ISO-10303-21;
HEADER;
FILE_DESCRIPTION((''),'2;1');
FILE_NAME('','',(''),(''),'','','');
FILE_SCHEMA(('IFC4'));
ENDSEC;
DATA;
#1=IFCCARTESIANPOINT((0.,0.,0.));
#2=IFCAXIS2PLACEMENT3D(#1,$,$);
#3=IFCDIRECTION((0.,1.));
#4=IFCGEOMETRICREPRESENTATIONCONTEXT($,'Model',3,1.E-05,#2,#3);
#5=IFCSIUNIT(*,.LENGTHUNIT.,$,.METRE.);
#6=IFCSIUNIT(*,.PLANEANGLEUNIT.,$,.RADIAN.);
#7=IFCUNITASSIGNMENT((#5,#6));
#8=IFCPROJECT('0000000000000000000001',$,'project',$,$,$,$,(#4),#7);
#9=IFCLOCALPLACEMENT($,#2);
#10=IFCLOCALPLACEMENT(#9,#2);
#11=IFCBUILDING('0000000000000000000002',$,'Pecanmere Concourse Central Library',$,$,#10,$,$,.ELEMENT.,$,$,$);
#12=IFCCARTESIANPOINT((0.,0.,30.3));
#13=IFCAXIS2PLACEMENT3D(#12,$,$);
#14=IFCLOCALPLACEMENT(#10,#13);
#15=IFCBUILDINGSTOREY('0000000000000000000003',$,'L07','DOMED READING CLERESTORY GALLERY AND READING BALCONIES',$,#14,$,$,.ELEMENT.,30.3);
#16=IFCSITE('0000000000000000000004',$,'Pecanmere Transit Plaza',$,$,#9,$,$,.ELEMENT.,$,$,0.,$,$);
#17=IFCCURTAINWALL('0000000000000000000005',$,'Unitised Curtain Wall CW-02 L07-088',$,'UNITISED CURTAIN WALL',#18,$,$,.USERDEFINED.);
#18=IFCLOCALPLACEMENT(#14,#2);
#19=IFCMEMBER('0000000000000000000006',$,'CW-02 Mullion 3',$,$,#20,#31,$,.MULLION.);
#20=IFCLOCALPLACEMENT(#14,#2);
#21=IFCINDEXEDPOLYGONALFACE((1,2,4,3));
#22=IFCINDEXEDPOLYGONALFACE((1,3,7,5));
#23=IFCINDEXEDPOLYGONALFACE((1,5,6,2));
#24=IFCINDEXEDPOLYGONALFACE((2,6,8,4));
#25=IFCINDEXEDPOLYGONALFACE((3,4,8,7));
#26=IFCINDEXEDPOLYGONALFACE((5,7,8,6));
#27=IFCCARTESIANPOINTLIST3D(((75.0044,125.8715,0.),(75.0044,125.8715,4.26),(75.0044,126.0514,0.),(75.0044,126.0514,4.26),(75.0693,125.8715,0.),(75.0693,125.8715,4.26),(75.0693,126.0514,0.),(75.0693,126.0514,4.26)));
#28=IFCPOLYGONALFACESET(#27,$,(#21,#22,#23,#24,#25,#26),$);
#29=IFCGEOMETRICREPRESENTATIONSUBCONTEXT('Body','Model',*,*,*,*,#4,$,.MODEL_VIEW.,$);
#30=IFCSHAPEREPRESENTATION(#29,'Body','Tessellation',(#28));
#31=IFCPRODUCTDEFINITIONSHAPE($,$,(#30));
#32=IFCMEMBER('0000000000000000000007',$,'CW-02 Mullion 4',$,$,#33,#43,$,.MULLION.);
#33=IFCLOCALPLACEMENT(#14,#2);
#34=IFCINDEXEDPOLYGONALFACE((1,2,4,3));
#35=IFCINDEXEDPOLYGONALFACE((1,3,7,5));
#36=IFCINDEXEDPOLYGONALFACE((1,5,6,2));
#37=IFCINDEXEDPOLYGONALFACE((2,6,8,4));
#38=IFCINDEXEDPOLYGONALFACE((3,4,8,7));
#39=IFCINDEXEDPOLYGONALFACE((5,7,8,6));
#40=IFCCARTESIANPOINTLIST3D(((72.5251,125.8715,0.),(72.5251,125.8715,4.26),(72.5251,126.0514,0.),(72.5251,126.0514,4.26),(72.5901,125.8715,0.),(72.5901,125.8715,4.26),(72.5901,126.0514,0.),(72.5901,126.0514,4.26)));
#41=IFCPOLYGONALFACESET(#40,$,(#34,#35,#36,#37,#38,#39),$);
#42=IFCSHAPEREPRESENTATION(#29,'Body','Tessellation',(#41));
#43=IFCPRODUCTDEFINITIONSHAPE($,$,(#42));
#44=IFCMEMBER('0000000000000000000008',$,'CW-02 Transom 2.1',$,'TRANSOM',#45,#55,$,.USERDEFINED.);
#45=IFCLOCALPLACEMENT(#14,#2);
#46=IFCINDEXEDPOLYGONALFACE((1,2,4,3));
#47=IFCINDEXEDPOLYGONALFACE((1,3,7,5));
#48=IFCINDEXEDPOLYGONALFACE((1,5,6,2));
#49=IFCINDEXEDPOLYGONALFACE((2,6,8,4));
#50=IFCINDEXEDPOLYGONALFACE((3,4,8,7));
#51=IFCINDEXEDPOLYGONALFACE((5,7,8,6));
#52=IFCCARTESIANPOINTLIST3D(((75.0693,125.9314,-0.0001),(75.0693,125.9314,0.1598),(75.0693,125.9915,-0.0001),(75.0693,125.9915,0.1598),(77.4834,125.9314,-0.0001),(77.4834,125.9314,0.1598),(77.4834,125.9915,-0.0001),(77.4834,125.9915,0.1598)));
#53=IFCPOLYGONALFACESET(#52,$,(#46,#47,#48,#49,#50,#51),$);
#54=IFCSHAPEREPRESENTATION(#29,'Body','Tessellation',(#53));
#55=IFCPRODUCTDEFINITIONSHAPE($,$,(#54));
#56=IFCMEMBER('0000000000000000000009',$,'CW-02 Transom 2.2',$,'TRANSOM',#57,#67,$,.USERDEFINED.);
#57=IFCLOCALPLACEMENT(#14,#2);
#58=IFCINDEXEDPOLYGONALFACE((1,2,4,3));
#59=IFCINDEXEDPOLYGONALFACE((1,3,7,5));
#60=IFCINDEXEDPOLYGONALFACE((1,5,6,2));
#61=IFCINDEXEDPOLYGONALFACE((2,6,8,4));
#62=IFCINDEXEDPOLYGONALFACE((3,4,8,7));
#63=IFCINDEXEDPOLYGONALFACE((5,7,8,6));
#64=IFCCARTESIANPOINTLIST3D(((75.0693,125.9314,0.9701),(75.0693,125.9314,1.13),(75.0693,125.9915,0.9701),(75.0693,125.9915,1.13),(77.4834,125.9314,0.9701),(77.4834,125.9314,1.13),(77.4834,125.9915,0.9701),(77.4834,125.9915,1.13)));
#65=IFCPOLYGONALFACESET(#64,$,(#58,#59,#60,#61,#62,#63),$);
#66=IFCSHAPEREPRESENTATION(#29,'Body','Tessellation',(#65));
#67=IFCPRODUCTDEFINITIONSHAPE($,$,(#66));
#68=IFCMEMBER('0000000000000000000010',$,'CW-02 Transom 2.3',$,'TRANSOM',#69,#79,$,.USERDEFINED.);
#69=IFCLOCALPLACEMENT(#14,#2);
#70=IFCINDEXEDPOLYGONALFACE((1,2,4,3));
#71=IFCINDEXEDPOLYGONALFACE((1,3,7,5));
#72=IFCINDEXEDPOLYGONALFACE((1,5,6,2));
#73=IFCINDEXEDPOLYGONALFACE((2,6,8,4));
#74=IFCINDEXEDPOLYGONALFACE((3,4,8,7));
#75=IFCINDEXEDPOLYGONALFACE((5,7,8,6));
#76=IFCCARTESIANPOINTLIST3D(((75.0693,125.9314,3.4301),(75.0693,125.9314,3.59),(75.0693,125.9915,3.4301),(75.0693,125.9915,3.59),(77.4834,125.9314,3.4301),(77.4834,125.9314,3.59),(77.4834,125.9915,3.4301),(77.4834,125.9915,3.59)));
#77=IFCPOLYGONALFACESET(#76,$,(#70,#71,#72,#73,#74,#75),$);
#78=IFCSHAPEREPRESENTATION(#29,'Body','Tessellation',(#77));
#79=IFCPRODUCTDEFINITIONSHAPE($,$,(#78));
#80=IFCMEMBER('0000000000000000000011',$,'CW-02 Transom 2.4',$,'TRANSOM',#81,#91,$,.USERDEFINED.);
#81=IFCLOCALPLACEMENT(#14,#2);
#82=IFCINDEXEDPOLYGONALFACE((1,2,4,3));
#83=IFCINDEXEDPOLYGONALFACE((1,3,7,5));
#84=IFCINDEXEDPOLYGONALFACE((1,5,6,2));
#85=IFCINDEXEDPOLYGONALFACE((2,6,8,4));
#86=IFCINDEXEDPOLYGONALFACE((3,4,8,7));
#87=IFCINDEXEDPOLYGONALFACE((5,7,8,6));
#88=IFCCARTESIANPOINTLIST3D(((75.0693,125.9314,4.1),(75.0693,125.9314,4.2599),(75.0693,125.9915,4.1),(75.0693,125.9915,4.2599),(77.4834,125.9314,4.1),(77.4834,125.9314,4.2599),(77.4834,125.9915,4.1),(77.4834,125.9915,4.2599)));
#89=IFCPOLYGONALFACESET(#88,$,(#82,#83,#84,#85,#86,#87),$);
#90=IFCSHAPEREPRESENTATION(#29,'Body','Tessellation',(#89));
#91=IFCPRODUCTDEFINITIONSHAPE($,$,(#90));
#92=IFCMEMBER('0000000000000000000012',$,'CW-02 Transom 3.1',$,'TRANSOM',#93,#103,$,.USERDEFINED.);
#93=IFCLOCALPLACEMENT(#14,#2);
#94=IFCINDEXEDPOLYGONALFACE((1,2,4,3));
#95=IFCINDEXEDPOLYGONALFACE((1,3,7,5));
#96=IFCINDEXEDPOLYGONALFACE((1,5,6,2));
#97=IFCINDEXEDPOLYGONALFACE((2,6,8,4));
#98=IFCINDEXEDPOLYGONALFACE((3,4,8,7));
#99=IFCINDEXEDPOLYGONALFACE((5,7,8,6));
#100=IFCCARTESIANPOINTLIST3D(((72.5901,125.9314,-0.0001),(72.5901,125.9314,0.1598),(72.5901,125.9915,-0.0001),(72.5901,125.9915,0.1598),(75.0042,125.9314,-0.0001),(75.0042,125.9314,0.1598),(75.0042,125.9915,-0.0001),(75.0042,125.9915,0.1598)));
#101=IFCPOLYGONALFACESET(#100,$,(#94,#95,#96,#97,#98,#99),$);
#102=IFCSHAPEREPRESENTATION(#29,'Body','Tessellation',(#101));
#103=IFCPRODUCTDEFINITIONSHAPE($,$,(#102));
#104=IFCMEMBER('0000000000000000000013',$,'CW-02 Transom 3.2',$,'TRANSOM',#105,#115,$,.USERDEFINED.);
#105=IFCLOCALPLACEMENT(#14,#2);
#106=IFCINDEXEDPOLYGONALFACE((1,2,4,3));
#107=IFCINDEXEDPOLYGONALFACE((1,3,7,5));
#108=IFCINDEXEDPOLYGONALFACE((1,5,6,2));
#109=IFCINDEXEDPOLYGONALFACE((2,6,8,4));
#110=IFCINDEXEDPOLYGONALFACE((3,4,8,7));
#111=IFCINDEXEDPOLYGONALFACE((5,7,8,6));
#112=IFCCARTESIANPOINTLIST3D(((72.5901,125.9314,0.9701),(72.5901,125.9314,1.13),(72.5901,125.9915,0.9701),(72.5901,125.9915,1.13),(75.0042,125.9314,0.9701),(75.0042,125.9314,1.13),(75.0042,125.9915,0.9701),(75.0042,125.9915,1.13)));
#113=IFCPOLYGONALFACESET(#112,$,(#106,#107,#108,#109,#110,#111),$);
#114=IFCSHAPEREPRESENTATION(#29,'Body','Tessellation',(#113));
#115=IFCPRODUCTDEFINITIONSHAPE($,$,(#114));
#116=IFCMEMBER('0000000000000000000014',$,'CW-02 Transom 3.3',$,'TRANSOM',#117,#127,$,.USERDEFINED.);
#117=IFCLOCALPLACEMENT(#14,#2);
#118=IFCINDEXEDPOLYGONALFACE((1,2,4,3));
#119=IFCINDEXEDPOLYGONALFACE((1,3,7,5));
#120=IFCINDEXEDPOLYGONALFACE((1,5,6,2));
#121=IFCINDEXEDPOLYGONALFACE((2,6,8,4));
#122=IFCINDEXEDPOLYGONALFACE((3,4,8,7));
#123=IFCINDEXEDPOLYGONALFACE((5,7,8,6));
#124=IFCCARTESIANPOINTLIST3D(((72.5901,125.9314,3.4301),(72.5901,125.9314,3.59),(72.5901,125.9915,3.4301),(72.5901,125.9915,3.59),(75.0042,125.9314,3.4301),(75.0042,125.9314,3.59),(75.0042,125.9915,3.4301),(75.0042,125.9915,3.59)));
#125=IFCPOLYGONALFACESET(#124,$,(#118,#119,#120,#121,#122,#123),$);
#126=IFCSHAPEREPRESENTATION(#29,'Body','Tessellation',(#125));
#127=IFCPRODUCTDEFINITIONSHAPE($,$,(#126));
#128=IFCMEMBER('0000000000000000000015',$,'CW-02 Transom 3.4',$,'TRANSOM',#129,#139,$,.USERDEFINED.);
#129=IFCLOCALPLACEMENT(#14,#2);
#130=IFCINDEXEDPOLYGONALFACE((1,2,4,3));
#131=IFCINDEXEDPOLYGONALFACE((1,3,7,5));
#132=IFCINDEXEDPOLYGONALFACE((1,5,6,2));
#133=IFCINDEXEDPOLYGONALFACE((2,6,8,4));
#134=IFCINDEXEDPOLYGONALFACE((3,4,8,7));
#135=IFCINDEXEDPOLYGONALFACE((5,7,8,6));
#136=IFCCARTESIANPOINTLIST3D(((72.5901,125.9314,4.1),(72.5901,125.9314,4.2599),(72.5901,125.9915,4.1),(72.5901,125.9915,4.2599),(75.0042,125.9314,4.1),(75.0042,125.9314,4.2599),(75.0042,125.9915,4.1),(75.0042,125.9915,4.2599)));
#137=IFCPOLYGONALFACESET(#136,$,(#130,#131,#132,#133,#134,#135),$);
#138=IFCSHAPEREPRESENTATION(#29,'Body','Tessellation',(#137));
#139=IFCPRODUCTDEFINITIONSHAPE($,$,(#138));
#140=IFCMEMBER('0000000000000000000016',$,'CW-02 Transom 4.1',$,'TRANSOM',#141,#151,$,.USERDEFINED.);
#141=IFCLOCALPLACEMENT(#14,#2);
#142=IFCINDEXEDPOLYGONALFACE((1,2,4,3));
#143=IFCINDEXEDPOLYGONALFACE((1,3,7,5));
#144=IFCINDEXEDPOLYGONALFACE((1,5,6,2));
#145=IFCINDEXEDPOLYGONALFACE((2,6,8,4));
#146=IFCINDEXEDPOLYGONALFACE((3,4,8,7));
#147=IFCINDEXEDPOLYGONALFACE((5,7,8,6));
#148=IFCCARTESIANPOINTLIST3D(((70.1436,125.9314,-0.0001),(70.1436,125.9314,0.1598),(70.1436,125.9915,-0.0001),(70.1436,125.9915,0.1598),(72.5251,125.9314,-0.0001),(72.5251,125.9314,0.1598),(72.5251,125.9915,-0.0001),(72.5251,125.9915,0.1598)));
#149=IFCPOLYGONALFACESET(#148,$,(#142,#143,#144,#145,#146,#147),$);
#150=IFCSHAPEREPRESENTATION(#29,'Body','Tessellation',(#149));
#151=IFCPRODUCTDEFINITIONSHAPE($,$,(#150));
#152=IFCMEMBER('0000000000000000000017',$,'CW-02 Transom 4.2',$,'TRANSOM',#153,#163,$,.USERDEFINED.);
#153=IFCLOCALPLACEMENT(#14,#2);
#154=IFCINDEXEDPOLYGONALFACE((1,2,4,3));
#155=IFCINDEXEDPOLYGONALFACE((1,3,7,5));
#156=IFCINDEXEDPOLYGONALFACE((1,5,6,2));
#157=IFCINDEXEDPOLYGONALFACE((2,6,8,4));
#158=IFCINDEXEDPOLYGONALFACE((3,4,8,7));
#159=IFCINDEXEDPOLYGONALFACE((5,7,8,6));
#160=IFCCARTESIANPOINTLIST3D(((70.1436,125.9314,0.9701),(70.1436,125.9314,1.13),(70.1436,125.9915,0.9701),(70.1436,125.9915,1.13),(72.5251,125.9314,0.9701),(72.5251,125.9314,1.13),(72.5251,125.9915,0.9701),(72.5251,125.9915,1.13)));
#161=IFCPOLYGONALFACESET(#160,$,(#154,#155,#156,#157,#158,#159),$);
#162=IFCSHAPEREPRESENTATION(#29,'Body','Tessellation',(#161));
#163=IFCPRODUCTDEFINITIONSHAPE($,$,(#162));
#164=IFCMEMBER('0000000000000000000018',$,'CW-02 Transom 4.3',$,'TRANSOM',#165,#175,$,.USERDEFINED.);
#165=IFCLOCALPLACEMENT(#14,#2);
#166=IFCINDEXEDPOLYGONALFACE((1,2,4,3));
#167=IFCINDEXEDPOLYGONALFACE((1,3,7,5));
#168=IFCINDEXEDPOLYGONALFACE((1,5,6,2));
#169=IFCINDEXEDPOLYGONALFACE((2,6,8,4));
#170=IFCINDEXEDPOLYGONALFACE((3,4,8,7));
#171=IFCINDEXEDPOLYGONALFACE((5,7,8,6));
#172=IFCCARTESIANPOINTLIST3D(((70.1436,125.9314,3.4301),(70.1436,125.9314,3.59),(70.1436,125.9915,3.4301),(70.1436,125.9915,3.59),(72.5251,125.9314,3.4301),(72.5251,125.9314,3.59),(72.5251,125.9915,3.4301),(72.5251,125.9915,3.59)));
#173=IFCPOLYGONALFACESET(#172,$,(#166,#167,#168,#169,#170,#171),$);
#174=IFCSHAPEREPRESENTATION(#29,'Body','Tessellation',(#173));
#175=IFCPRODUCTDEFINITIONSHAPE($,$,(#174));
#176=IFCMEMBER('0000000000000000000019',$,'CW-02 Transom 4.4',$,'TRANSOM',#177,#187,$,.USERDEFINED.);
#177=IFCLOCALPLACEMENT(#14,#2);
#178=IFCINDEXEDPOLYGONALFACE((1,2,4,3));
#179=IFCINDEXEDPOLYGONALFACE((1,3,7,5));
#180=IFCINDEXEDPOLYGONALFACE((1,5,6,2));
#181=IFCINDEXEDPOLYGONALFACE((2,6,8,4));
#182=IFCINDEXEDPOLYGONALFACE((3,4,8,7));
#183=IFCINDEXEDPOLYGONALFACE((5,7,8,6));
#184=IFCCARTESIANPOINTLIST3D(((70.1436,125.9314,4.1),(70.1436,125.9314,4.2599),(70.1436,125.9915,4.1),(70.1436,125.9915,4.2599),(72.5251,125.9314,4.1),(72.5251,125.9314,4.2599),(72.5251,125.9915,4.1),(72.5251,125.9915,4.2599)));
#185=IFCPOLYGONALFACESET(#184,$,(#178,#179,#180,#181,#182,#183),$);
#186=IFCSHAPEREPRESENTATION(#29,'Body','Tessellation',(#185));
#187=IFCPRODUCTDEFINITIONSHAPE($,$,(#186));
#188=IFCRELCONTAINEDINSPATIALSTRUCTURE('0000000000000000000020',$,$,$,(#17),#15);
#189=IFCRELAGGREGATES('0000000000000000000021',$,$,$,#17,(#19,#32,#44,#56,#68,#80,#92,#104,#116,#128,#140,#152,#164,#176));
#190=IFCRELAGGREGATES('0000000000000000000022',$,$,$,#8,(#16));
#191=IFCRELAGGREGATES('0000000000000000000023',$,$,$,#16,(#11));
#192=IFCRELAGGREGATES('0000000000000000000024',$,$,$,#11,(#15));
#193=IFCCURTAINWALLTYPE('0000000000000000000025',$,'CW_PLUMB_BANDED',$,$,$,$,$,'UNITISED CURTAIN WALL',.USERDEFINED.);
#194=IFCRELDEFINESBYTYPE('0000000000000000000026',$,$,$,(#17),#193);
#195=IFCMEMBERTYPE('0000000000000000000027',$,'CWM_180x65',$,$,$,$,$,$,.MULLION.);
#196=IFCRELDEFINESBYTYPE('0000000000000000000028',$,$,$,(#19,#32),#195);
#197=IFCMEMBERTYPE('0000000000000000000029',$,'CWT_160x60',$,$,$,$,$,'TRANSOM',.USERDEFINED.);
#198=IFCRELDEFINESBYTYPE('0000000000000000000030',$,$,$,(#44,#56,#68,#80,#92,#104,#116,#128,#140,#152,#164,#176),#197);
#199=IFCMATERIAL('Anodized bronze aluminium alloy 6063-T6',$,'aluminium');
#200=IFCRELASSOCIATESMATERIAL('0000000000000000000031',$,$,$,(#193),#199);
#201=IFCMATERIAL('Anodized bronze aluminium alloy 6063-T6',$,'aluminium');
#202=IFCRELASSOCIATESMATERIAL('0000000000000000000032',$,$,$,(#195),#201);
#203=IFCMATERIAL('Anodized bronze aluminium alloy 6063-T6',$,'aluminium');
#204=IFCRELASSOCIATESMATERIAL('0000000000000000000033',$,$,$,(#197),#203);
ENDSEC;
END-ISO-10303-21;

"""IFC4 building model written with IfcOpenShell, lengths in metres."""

from ifc_helpers import new_model, si_unit, direction, frame, origin, origin_2d, place, context, subcontext, project, spatial, rectangle, extrude, material, material_profile, profile_set, type_object, element, aggregate, save


model = new_model("IFC4")

# Units and contexts
model_context = context("Model", 3, precision=1e-05, world=origin(), true_north=direction((0.0, 1.0)))
body_context = subcontext(model_context, "Body", "Model", "MODEL_VIEW")
ifc_project = project(units=[si_unit("LENGTHUNIT", "METRE"), si_unit("PLANEANGLEUNIT", "RADIAN")], contexts=[model_context])

# Site, building, storey
site_placement = place(None, origin())
site = spatial("IfcSite", under=ifc_project, at=site_placement, Name="Pecanmere Transit Plaza", CompositionType="ELEMENT", RefElevation=0.0)
building_placement = place(site_placement, origin())
building = spatial("IfcBuilding", under=site, at=building_placement, Name="Pecanmere Concourse Central Library", CompositionType="ELEMENT")
storey_placement = place(building_placement, frame((0.0, 0.0, 30.3)))
storey = spatial("IfcBuildingStorey", under=building, at=storey_placement, Name="L07", Description="DOMED READING CLERESTORY GALLERY AND READING BALCONIES", CompositionType="ELEMENT", Elevation=30.3)

# Curtain wall, members
ifc_material_1 = material(Name="Anodized bronze aluminium alloy 6063-T6", Category="aluminium")
curtain_wall_type = type_object("IfcCurtainWallType", Name="CW_PLUMB_BANDED", ElementType="UNITISED CURTAIN WALL", PredefinedType="USERDEFINED", material=ifc_material_1)
curtain_wall_placement = place(storey_placement, origin())
curtain_wall = element("IfcCurtainWall", 1, at=curtain_wall_placement, inside=storey, type_object=curtain_wall_type, Name="Unitised Curtain Wall CW-02 L07-088", ObjectType="UNITISED CURTAIN WALL", PredefinedType="USERDEFINED")
ifc_material_2 = material(Name="Anodized bronze aluminium alloy 6063-T6", Category="aluminium")
ifc_material_profile_1 = material_profile(ifc_material_2, rectangle(XDim=0.0649, YDim=0.1799, at=origin_2d()), Name="AL 65x180")
ifc_profile_set_1 = profile_set([ifc_material_profile_1], Name="Anodized bronze aluminium alloy 6063-T6")
member_type_1 = type_object("IfcMemberType", Name="CWM_180x65", PredefinedType="MULLION", material=ifc_profile_set_1)
member_1_placement = place(storey_placement, frame((75.0369, 125.9614, 0.0), z_axis=(0.0, 0.0, 1.0), x_axis=(-1.0, 0.0, 0.0)))
member_1 = element("IfcMember", 2, at=member_1_placement, type_object=member_type_1, Name="CW-02 Mullion 3", PredefinedType="MULLION", context=body_context, shape_type="SweptSolid", body=[
    extrude(rectangle(XDim=0.0649, YDim=0.1799, at=origin_2d()), origin(), (0.0, 0.0, 1.0), 4.26),
])
member_2_placement = place(storey_placement, frame((72.5576, 125.9614, 0.0), z_axis=(0.0, 0.0, 1.0), x_axis=(-1.0, 0.0, 0.0)))
member_2 = element("IfcMember", 3, at=member_2_placement, type_object=member_type_1, Name="CW-02 Mullion 4", PredefinedType="MULLION", context=body_context, shape_type="SweptSolid", body=[
    extrude(rectangle(XDim=0.0649, YDim=0.1799, at=origin_2d()), origin(), (0.0, 0.0, 1.0), 4.26),
])
ifc_material_3 = material(Name="Anodized bronze aluminium alloy 6063-T6", Category="aluminium")
ifc_material_profile_2 = material_profile(ifc_material_3, rectangle(XDim=0.0601, YDim=0.1599, at=origin_2d()), Name="AL 60x160")
ifc_profile_set_2 = profile_set([ifc_material_profile_2], Name="Anodized bronze aluminium alloy 6063-T6")
member_type_2 = type_object("IfcMemberType", Name="CWT_160x60", ElementType="TRANSOM", PredefinedType="USERDEFINED", material=ifc_profile_set_2)
member_3_placement = place(storey_placement, frame((77.4834, 125.9614, 0.0798), z_axis=(-1.0, 0.0, 0.0), x_axis=(0.0, -1.0, 0.0)))
member_3 = element("IfcMember", 4, at=member_3_placement, type_object=member_type_2, Name="CW-02 Transom 2.1", ObjectType="TRANSOM", PredefinedType="USERDEFINED", context=body_context, shape_type="SweptSolid", body=[
    extrude(rectangle(XDim=0.0601, YDim=0.1599, at=origin_2d()), origin(), (0.0, 0.0, 1.0), 2.4141),
])
member_4_placement = place(storey_placement, frame((77.4834, 125.9614, 1.05), z_axis=(-1.0, 0.0, 0.0), x_axis=(0.0, -1.0, 0.0)))
member_4 = element("IfcMember", 5, at=member_4_placement, type_object=member_type_2, Name="CW-02 Transom 2.2", ObjectType="TRANSOM", PredefinedType="USERDEFINED", context=body_context, shape_type="SweptSolid", body=[
    extrude(rectangle(XDim=0.0601, YDim=0.1599, at=origin_2d()), origin(), (0.0, 0.0, 1.0), 2.4141),
])
member_5_placement = place(storey_placement, frame((77.4834, 125.9614, 3.51), z_axis=(-1.0, 0.0, 0.0), x_axis=(0.0, -1.0, 0.0)))
member_5 = element("IfcMember", 6, at=member_5_placement, type_object=member_type_2, Name="CW-02 Transom 2.3", ObjectType="TRANSOM", PredefinedType="USERDEFINED", context=body_context, shape_type="SweptSolid", body=[
    extrude(rectangle(XDim=0.0601, YDim=0.1599, at=origin_2d()), origin(), (0.0, 0.0, 1.0), 2.4141),
])
member_6_placement = place(storey_placement, frame((77.4834, 125.9614, 4.1799), z_axis=(-1.0, 0.0, 0.0), x_axis=(0.0, -1.0, 0.0)))
member_6 = element("IfcMember", 7, at=member_6_placement, type_object=member_type_2, Name="CW-02 Transom 2.4", ObjectType="TRANSOM", PredefinedType="USERDEFINED", context=body_context, shape_type="SweptSolid", body=[
    extrude(rectangle(XDim=0.0601, YDim=0.1599, at=origin_2d()), origin(), (0.0, 0.0, 1.0), 2.4141),
])
member_7_placement = place(storey_placement, frame((75.0042, 125.9614, 0.0798), z_axis=(-1.0, 0.0, 0.0), x_axis=(0.0, -1.0, 0.0)))
member_7 = element("IfcMember", 8, at=member_7_placement, type_object=member_type_2, Name="CW-02 Transom 3.1", ObjectType="TRANSOM", PredefinedType="USERDEFINED", context=body_context, shape_type="SweptSolid", body=[
    extrude(rectangle(XDim=0.0601, YDim=0.1599, at=origin_2d()), origin(), (0.0, 0.0, 1.0), 2.4141),
])
member_8_placement = place(storey_placement, frame((75.0042, 125.9614, 1.05), z_axis=(-1.0, 0.0, 0.0), x_axis=(0.0, -1.0, 0.0)))
member_8 = element("IfcMember", 9, at=member_8_placement, type_object=member_type_2, Name="CW-02 Transom 3.2", ObjectType="TRANSOM", PredefinedType="USERDEFINED", context=body_context, shape_type="SweptSolid", body=[
    extrude(rectangle(XDim=0.0601, YDim=0.1599, at=origin_2d()), origin(), (0.0, 0.0, 1.0), 2.4141),
])
member_9_placement = place(storey_placement, frame((75.0042, 125.9614, 3.51), z_axis=(-1.0, 0.0, 0.0), x_axis=(0.0, -1.0, 0.0)))
member_9 = element("IfcMember", 10, at=member_9_placement, type_object=member_type_2, Name="CW-02 Transom 3.3", ObjectType="TRANSOM", PredefinedType="USERDEFINED", context=body_context, shape_type="SweptSolid", body=[
    extrude(rectangle(XDim=0.0601, YDim=0.1599, at=origin_2d()), origin(), (0.0, 0.0, 1.0), 2.4141),
])
member_10_placement = place(storey_placement, frame((75.0042, 125.9614, 4.1799), z_axis=(-1.0, 0.0, 0.0), x_axis=(0.0, -1.0, 0.0)))
member_10 = element("IfcMember", 11, at=member_10_placement, type_object=member_type_2, Name="CW-02 Transom 3.4", ObjectType="TRANSOM", PredefinedType="USERDEFINED", context=body_context, shape_type="SweptSolid", body=[
    extrude(rectangle(XDim=0.0601, YDim=0.1599, at=origin_2d()), origin(), (0.0, 0.0, 1.0), 2.4141),
])
member_11_placement = place(storey_placement, frame((72.5251, 125.9614, 0.0798), z_axis=(-1.0, 0.0, 0.0), x_axis=(0.0, -1.0, 0.0)))
member_11 = element("IfcMember", 12, at=member_11_placement, type_object=member_type_2, Name="CW-02 Transom 4.1", ObjectType="TRANSOM", PredefinedType="USERDEFINED", context=body_context, shape_type="SweptSolid", body=[
    extrude(rectangle(XDim=0.0601, YDim=0.1599, at=origin_2d()), origin(), (0.0, 0.0, 1.0), 2.3816),
])
member_12_placement = place(storey_placement, frame((72.5251, 125.9614, 1.05), z_axis=(-1.0, 0.0, 0.0), x_axis=(0.0, -1.0, 0.0)))
member_12 = element("IfcMember", 13, at=member_12_placement, type_object=member_type_2, Name="CW-02 Transom 4.2", ObjectType="TRANSOM", PredefinedType="USERDEFINED", context=body_context, shape_type="SweptSolid", body=[
    extrude(rectangle(XDim=0.0601, YDim=0.1599, at=origin_2d()), origin(), (0.0, 0.0, 1.0), 2.3816),
])
member_13_placement = place(storey_placement, frame((72.5251, 125.9614, 3.51), z_axis=(-1.0, 0.0, 0.0), x_axis=(0.0, -1.0, 0.0)))
member_13 = element("IfcMember", 14, at=member_13_placement, type_object=member_type_2, Name="CW-02 Transom 4.3", ObjectType="TRANSOM", PredefinedType="USERDEFINED", context=body_context, shape_type="SweptSolid", body=[
    extrude(rectangle(XDim=0.0601, YDim=0.1599, at=origin_2d()), origin(), (0.0, 0.0, 1.0), 2.3816),
])
member_14_placement = place(storey_placement, frame((72.5251, 125.9614, 4.1799), z_axis=(-1.0, 0.0, 0.0), x_axis=(0.0, -1.0, 0.0)))
member_14 = element("IfcMember", 15, at=member_14_placement, type_object=member_type_2, Name="CW-02 Transom 4.4", ObjectType="TRANSOM", PredefinedType="USERDEFINED", context=body_context, shape_type="SweptSolid", body=[
    extrude(rectangle(XDim=0.0601, YDim=0.1599, at=origin_2d()), origin(), (0.0, 0.0, 1.0), 2.3816),
])
aggregate(curtain_wall, [member_1, member_2, member_3, member_4, member_5, member_6, member_7, member_8, member_9, member_10, member_11, member_12, member_13, member_14])

save(model, "model.ifc")
